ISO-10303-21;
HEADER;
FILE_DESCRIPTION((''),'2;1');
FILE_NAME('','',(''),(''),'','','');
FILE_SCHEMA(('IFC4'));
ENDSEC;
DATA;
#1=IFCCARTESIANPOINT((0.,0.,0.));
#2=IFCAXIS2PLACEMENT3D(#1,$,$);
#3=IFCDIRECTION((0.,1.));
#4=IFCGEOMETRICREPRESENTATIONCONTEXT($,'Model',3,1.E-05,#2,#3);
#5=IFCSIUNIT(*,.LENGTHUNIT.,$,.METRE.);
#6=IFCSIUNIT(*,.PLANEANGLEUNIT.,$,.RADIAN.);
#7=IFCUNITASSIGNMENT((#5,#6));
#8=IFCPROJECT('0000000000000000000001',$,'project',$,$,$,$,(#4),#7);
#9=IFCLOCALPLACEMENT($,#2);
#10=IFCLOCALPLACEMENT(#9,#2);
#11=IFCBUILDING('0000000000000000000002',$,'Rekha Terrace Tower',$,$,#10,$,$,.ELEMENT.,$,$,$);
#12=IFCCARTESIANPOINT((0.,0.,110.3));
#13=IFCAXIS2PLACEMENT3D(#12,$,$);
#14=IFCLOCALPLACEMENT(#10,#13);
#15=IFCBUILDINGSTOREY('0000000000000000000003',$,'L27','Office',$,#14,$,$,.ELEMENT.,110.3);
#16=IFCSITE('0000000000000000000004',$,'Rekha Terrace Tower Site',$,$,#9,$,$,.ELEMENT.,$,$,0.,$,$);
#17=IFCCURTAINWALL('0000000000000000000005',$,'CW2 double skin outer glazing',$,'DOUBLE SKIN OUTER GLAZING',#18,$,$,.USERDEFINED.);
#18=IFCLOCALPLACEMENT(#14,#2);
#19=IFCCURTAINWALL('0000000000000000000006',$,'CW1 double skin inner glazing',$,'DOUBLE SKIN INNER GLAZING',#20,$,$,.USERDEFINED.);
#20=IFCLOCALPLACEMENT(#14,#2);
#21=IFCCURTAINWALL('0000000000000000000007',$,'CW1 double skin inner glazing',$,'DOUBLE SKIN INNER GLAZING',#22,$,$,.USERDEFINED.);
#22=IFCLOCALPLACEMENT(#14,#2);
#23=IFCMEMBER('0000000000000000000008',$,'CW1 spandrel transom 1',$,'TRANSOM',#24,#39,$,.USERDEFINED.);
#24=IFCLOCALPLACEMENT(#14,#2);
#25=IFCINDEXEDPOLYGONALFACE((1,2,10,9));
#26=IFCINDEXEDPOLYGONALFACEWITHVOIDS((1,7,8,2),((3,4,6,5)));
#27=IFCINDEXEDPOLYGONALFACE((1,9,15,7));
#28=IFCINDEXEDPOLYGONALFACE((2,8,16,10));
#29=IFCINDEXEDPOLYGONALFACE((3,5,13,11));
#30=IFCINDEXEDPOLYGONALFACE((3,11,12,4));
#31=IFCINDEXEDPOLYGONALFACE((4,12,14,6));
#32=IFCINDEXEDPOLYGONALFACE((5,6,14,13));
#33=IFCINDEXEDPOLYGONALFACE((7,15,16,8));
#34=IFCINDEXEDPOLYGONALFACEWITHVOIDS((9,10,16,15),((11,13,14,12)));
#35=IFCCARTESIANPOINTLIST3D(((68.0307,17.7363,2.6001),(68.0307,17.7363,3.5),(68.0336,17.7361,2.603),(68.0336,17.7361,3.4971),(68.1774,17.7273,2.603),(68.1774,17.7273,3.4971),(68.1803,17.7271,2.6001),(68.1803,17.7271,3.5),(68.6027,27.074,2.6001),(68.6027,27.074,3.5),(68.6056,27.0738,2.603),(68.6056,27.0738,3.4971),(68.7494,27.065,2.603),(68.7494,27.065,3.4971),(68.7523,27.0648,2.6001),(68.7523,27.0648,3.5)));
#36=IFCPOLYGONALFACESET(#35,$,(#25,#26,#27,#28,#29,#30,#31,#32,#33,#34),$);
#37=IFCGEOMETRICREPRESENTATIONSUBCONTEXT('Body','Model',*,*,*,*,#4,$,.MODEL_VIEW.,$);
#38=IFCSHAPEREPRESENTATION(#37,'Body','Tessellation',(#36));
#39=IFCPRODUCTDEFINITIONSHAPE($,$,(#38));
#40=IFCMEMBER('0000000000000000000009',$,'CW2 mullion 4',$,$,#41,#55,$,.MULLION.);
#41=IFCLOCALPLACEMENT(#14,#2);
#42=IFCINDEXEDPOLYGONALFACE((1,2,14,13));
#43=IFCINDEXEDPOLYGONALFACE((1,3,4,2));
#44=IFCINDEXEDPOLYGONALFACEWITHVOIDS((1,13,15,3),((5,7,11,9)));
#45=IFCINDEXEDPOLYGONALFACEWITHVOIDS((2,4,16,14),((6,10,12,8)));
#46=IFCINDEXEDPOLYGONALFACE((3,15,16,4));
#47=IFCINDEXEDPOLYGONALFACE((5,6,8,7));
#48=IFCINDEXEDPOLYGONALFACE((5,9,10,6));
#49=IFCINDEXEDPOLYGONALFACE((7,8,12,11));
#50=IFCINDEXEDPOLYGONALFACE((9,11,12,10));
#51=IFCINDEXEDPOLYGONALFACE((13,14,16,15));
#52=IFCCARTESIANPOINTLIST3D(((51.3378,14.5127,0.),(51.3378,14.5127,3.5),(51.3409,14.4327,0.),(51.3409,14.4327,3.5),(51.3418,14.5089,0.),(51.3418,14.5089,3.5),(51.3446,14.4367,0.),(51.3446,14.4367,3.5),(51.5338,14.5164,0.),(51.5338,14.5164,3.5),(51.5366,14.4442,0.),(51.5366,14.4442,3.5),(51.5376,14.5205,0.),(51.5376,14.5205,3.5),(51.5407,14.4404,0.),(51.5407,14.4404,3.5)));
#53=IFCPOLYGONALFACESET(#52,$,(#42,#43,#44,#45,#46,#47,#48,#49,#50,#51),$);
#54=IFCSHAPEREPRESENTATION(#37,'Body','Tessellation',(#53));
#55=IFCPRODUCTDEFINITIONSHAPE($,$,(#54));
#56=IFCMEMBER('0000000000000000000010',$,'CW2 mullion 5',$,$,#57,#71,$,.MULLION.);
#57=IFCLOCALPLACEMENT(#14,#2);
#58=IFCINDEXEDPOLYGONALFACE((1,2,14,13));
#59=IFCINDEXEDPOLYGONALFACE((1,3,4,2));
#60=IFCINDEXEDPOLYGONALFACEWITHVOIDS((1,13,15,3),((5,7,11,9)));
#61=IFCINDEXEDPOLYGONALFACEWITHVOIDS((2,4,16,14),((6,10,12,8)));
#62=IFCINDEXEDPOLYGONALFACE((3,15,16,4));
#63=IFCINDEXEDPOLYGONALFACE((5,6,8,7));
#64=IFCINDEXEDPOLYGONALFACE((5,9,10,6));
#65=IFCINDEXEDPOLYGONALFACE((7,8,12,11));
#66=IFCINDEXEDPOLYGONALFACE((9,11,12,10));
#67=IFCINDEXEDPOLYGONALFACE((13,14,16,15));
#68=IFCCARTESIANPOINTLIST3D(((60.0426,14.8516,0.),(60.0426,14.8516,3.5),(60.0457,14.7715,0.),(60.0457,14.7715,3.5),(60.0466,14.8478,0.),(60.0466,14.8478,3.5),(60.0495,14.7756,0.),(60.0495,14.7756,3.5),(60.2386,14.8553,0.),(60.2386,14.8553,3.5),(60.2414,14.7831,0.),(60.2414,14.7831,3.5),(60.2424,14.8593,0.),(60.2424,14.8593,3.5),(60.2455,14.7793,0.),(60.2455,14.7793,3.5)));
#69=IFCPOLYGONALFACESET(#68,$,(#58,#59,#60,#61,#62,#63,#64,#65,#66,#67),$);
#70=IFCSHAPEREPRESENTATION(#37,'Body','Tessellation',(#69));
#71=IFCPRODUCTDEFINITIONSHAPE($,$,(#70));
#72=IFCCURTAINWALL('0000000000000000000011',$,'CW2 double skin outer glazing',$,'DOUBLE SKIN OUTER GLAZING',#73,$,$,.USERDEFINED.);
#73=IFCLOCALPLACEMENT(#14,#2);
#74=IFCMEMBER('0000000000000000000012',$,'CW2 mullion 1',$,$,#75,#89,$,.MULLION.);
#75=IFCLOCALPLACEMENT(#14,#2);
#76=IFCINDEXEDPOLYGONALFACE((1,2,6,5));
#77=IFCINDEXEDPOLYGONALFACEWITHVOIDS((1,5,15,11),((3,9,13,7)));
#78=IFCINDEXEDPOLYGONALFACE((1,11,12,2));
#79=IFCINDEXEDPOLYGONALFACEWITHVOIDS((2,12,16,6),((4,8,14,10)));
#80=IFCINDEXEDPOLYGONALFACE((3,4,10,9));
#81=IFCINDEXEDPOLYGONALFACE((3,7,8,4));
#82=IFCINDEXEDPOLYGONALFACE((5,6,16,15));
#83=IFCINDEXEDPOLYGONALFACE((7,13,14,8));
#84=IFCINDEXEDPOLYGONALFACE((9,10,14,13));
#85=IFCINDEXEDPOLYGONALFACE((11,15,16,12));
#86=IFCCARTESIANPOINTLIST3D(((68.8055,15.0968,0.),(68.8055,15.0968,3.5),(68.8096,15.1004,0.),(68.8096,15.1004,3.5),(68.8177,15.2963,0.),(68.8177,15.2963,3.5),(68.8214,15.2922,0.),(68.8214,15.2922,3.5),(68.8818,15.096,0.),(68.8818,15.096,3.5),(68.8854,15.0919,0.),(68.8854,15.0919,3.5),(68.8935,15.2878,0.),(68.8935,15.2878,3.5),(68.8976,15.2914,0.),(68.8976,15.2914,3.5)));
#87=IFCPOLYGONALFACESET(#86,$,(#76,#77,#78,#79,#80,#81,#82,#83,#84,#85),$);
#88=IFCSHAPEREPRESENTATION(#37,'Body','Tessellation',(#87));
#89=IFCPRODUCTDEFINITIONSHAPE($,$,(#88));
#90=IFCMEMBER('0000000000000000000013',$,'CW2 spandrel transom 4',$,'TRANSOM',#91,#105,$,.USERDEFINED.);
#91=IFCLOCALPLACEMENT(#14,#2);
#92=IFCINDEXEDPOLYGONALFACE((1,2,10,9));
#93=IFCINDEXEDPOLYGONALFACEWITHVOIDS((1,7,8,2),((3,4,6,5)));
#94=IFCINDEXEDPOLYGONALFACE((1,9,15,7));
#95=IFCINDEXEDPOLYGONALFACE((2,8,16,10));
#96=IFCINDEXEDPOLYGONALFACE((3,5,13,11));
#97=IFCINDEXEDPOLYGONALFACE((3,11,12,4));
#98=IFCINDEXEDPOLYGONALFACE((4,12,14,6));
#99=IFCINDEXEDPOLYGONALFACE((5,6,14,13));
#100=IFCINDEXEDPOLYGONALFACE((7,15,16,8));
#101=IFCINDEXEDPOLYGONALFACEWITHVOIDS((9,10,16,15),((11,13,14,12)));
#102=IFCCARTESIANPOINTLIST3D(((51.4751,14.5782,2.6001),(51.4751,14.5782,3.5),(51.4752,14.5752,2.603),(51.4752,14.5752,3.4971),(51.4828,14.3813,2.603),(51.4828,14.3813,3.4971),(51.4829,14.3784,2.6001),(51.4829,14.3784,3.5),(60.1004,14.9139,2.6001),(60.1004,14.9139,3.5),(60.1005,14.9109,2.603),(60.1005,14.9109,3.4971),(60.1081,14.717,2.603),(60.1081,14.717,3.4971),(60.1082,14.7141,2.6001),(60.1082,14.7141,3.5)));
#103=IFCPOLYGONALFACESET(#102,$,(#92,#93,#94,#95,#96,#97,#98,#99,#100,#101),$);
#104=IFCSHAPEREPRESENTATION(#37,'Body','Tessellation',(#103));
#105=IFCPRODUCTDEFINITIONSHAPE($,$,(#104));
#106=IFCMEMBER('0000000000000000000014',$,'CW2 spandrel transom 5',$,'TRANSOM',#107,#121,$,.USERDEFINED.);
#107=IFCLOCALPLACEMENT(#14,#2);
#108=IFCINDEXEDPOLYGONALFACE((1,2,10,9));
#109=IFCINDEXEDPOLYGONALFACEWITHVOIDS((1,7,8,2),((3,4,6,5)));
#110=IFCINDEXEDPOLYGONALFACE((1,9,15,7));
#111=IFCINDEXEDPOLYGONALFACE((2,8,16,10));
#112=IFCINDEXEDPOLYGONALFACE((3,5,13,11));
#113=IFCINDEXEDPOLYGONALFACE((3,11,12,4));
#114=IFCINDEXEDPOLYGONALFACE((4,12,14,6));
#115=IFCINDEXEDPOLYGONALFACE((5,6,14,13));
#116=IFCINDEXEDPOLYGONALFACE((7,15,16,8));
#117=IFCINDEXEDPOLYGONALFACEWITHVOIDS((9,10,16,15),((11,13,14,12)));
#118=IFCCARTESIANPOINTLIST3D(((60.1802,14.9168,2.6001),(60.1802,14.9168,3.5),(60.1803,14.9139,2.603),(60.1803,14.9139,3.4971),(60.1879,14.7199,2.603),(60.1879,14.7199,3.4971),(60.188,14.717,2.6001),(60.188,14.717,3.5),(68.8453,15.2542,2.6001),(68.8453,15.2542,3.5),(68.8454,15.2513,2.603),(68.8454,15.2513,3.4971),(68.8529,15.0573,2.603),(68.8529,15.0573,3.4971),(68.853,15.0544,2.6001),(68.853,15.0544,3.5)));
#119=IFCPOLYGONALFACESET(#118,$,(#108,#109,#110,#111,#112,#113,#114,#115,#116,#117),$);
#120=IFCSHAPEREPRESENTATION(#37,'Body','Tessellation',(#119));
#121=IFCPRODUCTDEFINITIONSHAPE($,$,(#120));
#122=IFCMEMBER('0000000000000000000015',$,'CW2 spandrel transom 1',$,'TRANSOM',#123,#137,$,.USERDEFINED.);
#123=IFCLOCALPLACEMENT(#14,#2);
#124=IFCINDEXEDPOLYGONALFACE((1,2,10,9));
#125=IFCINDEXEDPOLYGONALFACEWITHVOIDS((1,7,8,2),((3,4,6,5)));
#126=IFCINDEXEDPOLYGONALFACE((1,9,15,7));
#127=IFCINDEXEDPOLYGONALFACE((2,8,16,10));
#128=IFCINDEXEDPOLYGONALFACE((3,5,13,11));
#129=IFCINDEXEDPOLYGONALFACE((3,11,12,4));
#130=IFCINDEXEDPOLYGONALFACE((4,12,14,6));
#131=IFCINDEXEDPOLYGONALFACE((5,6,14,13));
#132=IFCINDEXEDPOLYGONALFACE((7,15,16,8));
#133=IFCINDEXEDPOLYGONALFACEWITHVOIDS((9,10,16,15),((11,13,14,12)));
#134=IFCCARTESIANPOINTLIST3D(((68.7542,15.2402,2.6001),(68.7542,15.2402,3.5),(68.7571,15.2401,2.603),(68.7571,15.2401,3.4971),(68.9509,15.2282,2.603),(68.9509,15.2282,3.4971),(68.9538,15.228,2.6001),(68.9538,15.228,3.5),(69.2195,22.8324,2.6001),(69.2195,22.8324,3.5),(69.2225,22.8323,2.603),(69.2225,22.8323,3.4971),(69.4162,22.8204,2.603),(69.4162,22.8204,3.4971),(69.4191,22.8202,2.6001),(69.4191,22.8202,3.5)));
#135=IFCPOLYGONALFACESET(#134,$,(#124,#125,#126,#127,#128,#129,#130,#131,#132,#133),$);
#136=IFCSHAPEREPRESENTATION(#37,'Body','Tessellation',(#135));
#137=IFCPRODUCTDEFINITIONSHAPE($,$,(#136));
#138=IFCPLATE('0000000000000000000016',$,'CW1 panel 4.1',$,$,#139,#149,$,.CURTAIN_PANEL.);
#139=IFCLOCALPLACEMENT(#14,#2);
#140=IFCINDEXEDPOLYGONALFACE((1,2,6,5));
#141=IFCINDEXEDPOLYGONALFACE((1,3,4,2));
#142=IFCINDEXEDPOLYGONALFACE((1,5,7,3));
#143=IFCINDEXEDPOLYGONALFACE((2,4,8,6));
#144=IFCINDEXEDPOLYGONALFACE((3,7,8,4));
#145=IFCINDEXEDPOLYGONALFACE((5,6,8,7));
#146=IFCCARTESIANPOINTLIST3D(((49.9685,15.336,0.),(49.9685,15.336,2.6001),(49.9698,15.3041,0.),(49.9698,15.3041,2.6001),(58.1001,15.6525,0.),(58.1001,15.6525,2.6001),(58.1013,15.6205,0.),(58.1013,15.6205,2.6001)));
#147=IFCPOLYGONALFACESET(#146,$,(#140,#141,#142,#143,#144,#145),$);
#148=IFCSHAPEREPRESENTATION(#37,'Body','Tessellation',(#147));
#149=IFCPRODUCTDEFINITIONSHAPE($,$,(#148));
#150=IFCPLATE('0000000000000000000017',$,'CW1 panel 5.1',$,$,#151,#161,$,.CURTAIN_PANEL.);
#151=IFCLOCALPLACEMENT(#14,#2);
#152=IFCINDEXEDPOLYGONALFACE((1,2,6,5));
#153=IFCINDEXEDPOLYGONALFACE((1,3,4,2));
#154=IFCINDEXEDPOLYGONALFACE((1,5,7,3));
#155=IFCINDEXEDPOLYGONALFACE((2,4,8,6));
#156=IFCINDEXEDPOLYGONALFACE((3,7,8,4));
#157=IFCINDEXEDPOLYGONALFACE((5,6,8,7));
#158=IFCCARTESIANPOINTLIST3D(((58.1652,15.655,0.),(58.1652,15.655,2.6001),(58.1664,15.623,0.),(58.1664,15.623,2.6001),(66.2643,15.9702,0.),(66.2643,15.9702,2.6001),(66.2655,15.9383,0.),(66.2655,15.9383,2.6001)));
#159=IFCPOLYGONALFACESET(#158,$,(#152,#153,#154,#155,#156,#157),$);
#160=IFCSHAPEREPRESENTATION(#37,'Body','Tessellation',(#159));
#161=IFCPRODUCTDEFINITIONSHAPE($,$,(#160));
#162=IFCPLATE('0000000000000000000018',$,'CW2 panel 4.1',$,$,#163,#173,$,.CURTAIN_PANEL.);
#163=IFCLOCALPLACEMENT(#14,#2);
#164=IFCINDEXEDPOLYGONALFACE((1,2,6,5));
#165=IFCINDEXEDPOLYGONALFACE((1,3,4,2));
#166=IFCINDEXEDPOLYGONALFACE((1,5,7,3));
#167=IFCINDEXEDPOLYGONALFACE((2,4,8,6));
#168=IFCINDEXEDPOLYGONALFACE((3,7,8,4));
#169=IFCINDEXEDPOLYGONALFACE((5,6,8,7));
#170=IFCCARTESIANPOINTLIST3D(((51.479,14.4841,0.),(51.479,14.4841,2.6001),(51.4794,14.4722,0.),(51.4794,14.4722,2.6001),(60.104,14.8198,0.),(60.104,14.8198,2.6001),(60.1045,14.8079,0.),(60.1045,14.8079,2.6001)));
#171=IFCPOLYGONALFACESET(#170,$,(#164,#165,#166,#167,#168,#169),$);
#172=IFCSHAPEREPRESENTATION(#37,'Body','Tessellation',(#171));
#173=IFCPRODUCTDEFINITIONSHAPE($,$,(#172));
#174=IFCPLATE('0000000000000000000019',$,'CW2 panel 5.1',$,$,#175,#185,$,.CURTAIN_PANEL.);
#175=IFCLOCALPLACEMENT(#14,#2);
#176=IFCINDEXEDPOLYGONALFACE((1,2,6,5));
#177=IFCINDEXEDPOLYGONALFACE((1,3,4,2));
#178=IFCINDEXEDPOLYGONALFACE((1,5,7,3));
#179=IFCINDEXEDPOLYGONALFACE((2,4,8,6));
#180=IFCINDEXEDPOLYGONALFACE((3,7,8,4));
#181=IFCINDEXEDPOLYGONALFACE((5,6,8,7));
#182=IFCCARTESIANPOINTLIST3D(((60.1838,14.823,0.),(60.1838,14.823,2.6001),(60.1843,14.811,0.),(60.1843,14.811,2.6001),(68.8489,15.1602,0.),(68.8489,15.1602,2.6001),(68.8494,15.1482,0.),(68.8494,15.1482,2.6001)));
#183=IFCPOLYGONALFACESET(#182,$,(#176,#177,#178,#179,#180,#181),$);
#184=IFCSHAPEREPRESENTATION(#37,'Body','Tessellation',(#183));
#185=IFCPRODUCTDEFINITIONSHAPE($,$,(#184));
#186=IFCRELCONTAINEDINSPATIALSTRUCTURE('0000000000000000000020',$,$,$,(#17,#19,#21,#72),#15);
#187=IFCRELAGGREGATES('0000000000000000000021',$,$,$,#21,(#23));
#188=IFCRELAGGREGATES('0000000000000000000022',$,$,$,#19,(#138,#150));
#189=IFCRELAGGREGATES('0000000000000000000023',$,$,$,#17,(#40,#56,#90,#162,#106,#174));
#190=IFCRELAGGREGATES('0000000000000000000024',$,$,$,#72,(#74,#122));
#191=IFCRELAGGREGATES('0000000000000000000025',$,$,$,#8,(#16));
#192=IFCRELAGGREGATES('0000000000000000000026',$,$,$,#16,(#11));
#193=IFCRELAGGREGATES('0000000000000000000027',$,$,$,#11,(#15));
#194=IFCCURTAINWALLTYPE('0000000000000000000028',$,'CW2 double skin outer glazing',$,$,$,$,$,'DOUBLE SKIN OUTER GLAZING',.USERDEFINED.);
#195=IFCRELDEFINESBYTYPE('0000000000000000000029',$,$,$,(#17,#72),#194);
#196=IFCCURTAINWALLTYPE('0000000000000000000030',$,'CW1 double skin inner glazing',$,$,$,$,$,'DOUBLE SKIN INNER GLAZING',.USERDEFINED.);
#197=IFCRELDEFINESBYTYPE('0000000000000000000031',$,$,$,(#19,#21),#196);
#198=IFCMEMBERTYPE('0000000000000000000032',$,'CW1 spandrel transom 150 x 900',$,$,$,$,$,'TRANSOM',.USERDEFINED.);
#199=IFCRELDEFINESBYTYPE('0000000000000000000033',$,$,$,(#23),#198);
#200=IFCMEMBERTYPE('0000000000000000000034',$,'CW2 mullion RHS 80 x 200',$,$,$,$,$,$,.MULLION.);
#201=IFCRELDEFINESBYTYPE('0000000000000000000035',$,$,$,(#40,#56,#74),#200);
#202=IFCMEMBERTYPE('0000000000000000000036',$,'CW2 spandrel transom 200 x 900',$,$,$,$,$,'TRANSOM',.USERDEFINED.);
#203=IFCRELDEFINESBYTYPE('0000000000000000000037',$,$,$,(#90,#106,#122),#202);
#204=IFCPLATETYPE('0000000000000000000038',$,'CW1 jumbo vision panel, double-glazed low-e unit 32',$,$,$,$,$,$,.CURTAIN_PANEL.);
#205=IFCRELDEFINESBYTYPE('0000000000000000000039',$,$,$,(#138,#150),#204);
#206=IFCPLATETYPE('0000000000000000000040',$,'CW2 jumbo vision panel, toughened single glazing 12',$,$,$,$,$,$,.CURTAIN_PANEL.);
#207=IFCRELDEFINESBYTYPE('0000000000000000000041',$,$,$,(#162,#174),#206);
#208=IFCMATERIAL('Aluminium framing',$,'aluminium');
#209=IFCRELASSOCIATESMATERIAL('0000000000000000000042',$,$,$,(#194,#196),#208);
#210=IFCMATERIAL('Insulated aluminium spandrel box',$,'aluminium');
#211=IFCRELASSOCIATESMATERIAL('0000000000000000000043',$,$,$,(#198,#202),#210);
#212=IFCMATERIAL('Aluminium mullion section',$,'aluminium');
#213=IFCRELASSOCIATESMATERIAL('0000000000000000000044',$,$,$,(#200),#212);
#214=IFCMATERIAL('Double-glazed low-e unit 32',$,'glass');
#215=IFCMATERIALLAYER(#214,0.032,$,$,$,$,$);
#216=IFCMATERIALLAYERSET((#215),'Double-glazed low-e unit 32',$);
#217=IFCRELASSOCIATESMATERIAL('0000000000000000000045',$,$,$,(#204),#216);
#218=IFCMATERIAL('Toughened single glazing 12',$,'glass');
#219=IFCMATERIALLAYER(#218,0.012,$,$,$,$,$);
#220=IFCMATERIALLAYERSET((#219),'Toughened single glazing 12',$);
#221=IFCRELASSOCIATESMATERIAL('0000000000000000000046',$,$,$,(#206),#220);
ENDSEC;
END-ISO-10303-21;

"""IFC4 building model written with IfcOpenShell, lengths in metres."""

from ifc_helpers import new_model, si_unit, direction, frame, origin, origin_2d, place, context, subcontext, project, spatial, rectangle, hollow_rectangle, extrude, material, layer, layer_set, material_profile, profile_set, type_object, element, aggregate, save


model = new_model("IFC4")

# Units and contexts
model_context = context("Model", 3, precision=1e-05, world=origin(), true_north=direction((0.0, 1.0)))
body_context = subcontext(model_context, "Body", "Model", "MODEL_VIEW")
ifc_project = project(units=[si_unit("LENGTHUNIT", "METRE"), si_unit("PLANEANGLEUNIT", "RADIAN")], contexts=[model_context])

# Site, building, storey
site_placement = place(None, origin())
site = spatial("IfcSite", under=ifc_project, at=site_placement, Name="Rekha Terrace Tower Site", CompositionType="ELEMENT", RefElevation=0.0)
building_placement = place(site_placement, origin())
building = spatial("IfcBuilding", under=site, at=building_placement, Name="Rekha Terrace Tower", CompositionType="ELEMENT")
storey_placement = place(building_placement, frame((0.0, 0.0, 110.3)))
storey = spatial("IfcBuildingStorey", under=building, at=storey_placement, Name="L27", Description="Office", CompositionType="ELEMENT", Elevation=110.3)

# Curtain walls
ifc_material_1 = material(Name="Aluminium framing", Category="aluminium")
curtain_wall_type_1 = type_object("IfcCurtainWallType", Name="CW2 double skin outer glazing", ElementType="DOUBLE SKIN OUTER GLAZING", PredefinedType="USERDEFINED", material=ifc_material_1)
curtain_wall_1_placement = place(storey_placement, origin())
curtain_wall_1 = element("IfcCurtainWall", 1, at=curtain_wall_1_placement, inside=storey, type_object=curtain_wall_type_1, Name="CW2 double skin outer glazing", ObjectType="DOUBLE SKIN OUTER GLAZING", PredefinedType="USERDEFINED")
curtain_wall_type_2 = type_object("IfcCurtainWallType", Name="CW1 double skin inner glazing", ElementType="DOUBLE SKIN INNER GLAZING", PredefinedType="USERDEFINED", material=ifc_material_1)
curtain_wall_2_placement = place(storey_placement, origin())
curtain_wall_2 = element("IfcCurtainWall", 2, at=curtain_wall_2_placement, inside=storey, type_object=curtain_wall_type_2, Name="CW1 double skin inner glazing", ObjectType="DOUBLE SKIN INNER GLAZING", PredefinedType="USERDEFINED")
ifc_material_2 = material(Name="Aluminium mullion section", Category="aluminium")

# Curtain wall
curtain_wall_3_placement = place(storey_placement, origin())
curtain_wall_3 = element("IfcCurtainWall", 3, at=curtain_wall_3_placement, inside=storey, type_object=curtain_wall_type_2, Name="CW1 double skin inner glazing", ObjectType="DOUBLE SKIN INNER GLAZING", PredefinedType="USERDEFINED")

# Members
ifc_material_3 = material(Name="Insulated aluminium spandrel box", Category="aluminium")
ifc_material_profile_1 = material_profile(ifc_material_3, hollow_rectangle(XDim=0.1499, YDim=0.8999, WallThickness=0.0029, at=origin_2d()), Name="AL SPANDREL BOX 150x900")
ifc_profile_set_1 = profile_set([ifc_material_profile_1], Name="Insulated aluminium spandrel box")
member_type_1 = type_object("IfcMemberType", Name="CW1 spandrel transom 150 x 900", ElementType="TRANSOM", PredefinedType="USERDEFINED", material=ifc_profile_set_1)
member_1_placement = place(storey_placement, frame((68.1055, 17.7317, 3.05), z_axis=(0.061145, 0.998129, 0.0), x_axis=(-0.998129, 0.061145, 0.0)))
member_1 = element("IfcMember", 4, at=member_1_placement, type_object=member_type_1, Name="CW1 spandrel transom 1", ObjectType="TRANSOM", PredefinedType="USERDEFINED", context=body_context, shape_type="SweptSolid", body=[
    extrude(hollow_rectangle(XDim=0.1499, YDim=0.8999, WallThickness=0.0029, at=origin_2d()), origin(), (0.0, 0.0, 1.0), 9.3552),
])
aggregate(curtain_wall_3, [member_1])
ifc_material_profile_2 = material_profile(ifc_material_2, hollow_rectangle(XDim=0.0801, YDim=0.2, WallThickness=0.0039, at=origin_2d()), Name="AL RHS 80x200")
ifc_profile_set_2 = profile_set([ifc_material_profile_2], Name="Aluminium mullion section")
member_type_2 = type_object("IfcMemberType", Name="CW2 mullion RHS 80 x 200", PredefinedType="MULLION", material=ifc_profile_set_2)
member_2_placement = place(storey_placement, frame((51.4392, 14.4766, 0.0), z_axis=(0.0, 0.0, 1.0), x_axis=(-0.03889, 0.999243, 0.0)))
member_2 = element("IfcMember", 5, at=member_2_placement, type_object=member_type_2, Name="CW2 mullion 4", PredefinedType="MULLION", context=body_context, shape_type="SweptSolid", body=[
    extrude(hollow_rectangle(XDim=0.0801, YDim=0.2, WallThickness=0.0039, at=origin_2d()), origin(), (0.0, 0.0, 1.0), 3.5),
])
member_3_placement = place(storey_placement, frame((60.144, 14.8154, 0.0), z_axis=(0.0, 0.0, 1.0), x_axis=(-0.03889, 0.999243, 0.0)))
member_3 = element("IfcMember", 6, at=member_3_placement, type_object=member_type_2, Name="CW2 mullion 5", PredefinedType="MULLION", context=body_context, shape_type="SweptSolid", body=[
    extrude(hollow_rectangle(XDim=0.0801, YDim=0.2, WallThickness=0.0039, at=origin_2d()), origin(), (0.0, 0.0, 1.0), 3.5),
])

# Curtain wall, member
curtain_wall_4_placement = place(storey_placement, origin())
curtain_wall_4 = element("IfcCurtainWall", 7, at=curtain_wall_4_placement, inside=storey, type_object=curtain_wall_type_1, Name="CW2 double skin outer glazing", ObjectType="DOUBLE SKIN OUTER GLAZING", PredefinedType="USERDEFINED")
member_4_placement = place(storey_placement, frame((68.8516, 15.1941, 0.0), z_axis=(0.0, 0.0, 1.0), x_axis=(-0.998128, 0.06116, 0.0)))
member_4 = element("IfcMember", 8, at=member_4_placement, type_object=member_type_2, Name="CW2 mullion 1", PredefinedType="MULLION", context=body_context, shape_type="SweptSolid", body=[
    extrude(hollow_rectangle(XDim=0.0801, YDim=0.2, WallThickness=0.0039, at=origin_2d()), origin(), (0.0, 0.0, 1.0), 3.5),
])

# Members
ifc_material_profile_3 = material_profile(ifc_material_3, hollow_rectangle(XDim=0.2, YDim=0.8999, WallThickness=0.0029, at=origin_2d()), Name="AL SPANDREL BOX 200x900")
ifc_profile_set_3 = profile_set([ifc_material_profile_3], Name="Insulated aluminium spandrel box")
member_type_3 = type_object("IfcMemberType", Name="CW2 spandrel transom 200 x 900", ElementType="TRANSOM", PredefinedType="USERDEFINED", material=ifc_profile_set_3)
member_5_placement = place(storey_placement, frame((51.479, 14.4783, 3.05), z_axis=(0.999243, 0.03889, 0.0), x_axis=(-0.03889, 0.999243, 0.0)))
member_5 = element("IfcMember", 9, at=member_5_placement, type_object=member_type_3, Name="CW2 spandrel transom 4", ObjectType="TRANSOM", PredefinedType="USERDEFINED", context=body_context, shape_type="SweptSolid", body=[
    extrude(hollow_rectangle(XDim=0.2, YDim=0.8999, WallThickness=0.0029, at=origin_2d()), origin(), (0.0, 0.0, 1.0), 8.6318),
])
member_6_placement = place(storey_placement, frame((60.1841, 14.8169, 3.05), z_axis=(0.999243, 0.038909, 0.0), x_axis=(-0.038909, 0.999243, 0.0)))
member_6 = element("IfcMember", 10, at=member_6_placement, type_object=member_type_3, Name="CW2 spandrel transom 5", ObjectType="TRANSOM", PredefinedType="USERDEFINED", context=body_context, shape_type="SweptSolid", body=[
    extrude(hollow_rectangle(XDim=0.2, YDim=0.8999, WallThickness=0.0029, at=origin_2d()), origin(), (0.0, 0.0, 1.0), 8.6716),
])
member_7_placement = place(storey_placement, frame((68.854, 15.2341, 3.05), z_axis=(0.061175, 0.998127, 0.0), x_axis=(-0.998127, 0.061175, 0.0)))
member_7 = element("IfcMember", 11, at=member_7_placement, type_object=member_type_3, Name="CW2 spandrel transom 1", ObjectType="TRANSOM", PredefinedType="USERDEFINED", context=body_context, shape_type="SweptSolid", body=[
    extrude(hollow_rectangle(XDim=0.2, YDim=0.8999, WallThickness=0.0029, at=origin_2d()), origin(), (0.0, 0.0, 1.0), 7.6064),
])

# Plates
ifc_material_4 = material(Name="Double-glazed low-e unit 32", Category="glass")
ifc_layer_1 = layer(ifc_material_4, 0.032)
ifc_layer_set_1 = layer_set([ifc_layer_1], Name="Double-glazed low-e unit 32")
plate_type_1 = type_object("IfcPlateType", Name="CW1 jumbo vision panel, double-glazed low-e unit 32", PredefinedType="CURTAIN_PANEL", material=ifc_layer_set_1)
plate_1_placement = place(storey_placement, frame((54.0349, 15.4783, 0.0), z_axis=(0.0, 0.0, 1.0), x_axis=(0.999243, 0.03889, 0.0)))
plate_1 = element("IfcPlate", 12, at=plate_1_placement, type_object=plate_type_1, Name="CW1 panel 4.1", PredefinedType="CURTAIN_PANEL", context=body_context, shape_type="SweptSolid", body=[
    extrude(rectangle(XDim=8.1377, YDim=0.032, at=origin_2d()), origin(), (0.0, 0.0, 1.0), 2.6001),
])
plate_2_placement = place(storey_placement, frame((62.2153, 15.7966, 0.0), z_axis=(0.0, 0.0, 1.0), x_axis=(0.999243, 0.03889, 0.0)))
plate_2 = element("IfcPlate", 13, at=plate_2_placement, type_object=plate_type_1, Name="CW1 panel 5.1", PredefinedType="CURTAIN_PANEL", context=body_context, shape_type="SweptSolid", body=[
    extrude(rectangle(XDim=8.1052, YDim=0.032, at=origin_2d()), origin(), (0.0, 0.0, 1.0), 2.6001),
])
aggregate(curtain_wall_2, [plate_1, plate_2])
ifc_material_5 = material(Name="Toughened single glazing 12", Category="glass")
ifc_layer_2 = layer(ifc_material_5, 0.012)
ifc_layer_set_2 = layer_set([ifc_layer_2], Name="Toughened single glazing 12")
plate_type_2 = type_object("IfcPlateType", Name="CW2 jumbo vision panel, toughened single glazing 12", PredefinedType="CURTAIN_PANEL", material=ifc_layer_set_2)
plate_3_placement = place(storey_placement, frame((55.7917, 14.646, 0.0), z_axis=(0.0, 0.0, 1.0), x_axis=(0.999243, 0.03889, 0.0)))
plate_3 = element("IfcPlate", 14, at=plate_3_placement, type_object=plate_type_2, Name="CW2 panel 4.1", PredefinedType="CURTAIN_PANEL", context=body_context, shape_type="SweptSolid", body=[
    extrude(rectangle(XDim=8.6316, YDim=0.012, at=origin_2d()), origin(), (0.0, 0.0, 1.0), 2.6001),
])
plate_4_placement = place(storey_placement, frame((64.5166, 14.9856, 0.0), z_axis=(0.0, 0.0, 1.0), x_axis=(0.999243, 0.03889, 0.0)))
plate_4 = element("IfcPlate", 15, at=plate_4_placement, type_object=plate_type_2, Name="CW2 panel 5.1", PredefinedType="CURTAIN_PANEL", context=body_context, shape_type="SweptSolid", body=[
    extrude(rectangle(XDim=8.6716, YDim=0.012, at=origin_2d()), origin(), (0.0, 0.0, 1.0), 2.6001),
])
aggregate(curtain_wall_1, [member_2, member_3, member_5, plate_3, member_6, plate_4])
aggregate(curtain_wall_4, [member_4, member_7])

save(model, "model.ifc")
